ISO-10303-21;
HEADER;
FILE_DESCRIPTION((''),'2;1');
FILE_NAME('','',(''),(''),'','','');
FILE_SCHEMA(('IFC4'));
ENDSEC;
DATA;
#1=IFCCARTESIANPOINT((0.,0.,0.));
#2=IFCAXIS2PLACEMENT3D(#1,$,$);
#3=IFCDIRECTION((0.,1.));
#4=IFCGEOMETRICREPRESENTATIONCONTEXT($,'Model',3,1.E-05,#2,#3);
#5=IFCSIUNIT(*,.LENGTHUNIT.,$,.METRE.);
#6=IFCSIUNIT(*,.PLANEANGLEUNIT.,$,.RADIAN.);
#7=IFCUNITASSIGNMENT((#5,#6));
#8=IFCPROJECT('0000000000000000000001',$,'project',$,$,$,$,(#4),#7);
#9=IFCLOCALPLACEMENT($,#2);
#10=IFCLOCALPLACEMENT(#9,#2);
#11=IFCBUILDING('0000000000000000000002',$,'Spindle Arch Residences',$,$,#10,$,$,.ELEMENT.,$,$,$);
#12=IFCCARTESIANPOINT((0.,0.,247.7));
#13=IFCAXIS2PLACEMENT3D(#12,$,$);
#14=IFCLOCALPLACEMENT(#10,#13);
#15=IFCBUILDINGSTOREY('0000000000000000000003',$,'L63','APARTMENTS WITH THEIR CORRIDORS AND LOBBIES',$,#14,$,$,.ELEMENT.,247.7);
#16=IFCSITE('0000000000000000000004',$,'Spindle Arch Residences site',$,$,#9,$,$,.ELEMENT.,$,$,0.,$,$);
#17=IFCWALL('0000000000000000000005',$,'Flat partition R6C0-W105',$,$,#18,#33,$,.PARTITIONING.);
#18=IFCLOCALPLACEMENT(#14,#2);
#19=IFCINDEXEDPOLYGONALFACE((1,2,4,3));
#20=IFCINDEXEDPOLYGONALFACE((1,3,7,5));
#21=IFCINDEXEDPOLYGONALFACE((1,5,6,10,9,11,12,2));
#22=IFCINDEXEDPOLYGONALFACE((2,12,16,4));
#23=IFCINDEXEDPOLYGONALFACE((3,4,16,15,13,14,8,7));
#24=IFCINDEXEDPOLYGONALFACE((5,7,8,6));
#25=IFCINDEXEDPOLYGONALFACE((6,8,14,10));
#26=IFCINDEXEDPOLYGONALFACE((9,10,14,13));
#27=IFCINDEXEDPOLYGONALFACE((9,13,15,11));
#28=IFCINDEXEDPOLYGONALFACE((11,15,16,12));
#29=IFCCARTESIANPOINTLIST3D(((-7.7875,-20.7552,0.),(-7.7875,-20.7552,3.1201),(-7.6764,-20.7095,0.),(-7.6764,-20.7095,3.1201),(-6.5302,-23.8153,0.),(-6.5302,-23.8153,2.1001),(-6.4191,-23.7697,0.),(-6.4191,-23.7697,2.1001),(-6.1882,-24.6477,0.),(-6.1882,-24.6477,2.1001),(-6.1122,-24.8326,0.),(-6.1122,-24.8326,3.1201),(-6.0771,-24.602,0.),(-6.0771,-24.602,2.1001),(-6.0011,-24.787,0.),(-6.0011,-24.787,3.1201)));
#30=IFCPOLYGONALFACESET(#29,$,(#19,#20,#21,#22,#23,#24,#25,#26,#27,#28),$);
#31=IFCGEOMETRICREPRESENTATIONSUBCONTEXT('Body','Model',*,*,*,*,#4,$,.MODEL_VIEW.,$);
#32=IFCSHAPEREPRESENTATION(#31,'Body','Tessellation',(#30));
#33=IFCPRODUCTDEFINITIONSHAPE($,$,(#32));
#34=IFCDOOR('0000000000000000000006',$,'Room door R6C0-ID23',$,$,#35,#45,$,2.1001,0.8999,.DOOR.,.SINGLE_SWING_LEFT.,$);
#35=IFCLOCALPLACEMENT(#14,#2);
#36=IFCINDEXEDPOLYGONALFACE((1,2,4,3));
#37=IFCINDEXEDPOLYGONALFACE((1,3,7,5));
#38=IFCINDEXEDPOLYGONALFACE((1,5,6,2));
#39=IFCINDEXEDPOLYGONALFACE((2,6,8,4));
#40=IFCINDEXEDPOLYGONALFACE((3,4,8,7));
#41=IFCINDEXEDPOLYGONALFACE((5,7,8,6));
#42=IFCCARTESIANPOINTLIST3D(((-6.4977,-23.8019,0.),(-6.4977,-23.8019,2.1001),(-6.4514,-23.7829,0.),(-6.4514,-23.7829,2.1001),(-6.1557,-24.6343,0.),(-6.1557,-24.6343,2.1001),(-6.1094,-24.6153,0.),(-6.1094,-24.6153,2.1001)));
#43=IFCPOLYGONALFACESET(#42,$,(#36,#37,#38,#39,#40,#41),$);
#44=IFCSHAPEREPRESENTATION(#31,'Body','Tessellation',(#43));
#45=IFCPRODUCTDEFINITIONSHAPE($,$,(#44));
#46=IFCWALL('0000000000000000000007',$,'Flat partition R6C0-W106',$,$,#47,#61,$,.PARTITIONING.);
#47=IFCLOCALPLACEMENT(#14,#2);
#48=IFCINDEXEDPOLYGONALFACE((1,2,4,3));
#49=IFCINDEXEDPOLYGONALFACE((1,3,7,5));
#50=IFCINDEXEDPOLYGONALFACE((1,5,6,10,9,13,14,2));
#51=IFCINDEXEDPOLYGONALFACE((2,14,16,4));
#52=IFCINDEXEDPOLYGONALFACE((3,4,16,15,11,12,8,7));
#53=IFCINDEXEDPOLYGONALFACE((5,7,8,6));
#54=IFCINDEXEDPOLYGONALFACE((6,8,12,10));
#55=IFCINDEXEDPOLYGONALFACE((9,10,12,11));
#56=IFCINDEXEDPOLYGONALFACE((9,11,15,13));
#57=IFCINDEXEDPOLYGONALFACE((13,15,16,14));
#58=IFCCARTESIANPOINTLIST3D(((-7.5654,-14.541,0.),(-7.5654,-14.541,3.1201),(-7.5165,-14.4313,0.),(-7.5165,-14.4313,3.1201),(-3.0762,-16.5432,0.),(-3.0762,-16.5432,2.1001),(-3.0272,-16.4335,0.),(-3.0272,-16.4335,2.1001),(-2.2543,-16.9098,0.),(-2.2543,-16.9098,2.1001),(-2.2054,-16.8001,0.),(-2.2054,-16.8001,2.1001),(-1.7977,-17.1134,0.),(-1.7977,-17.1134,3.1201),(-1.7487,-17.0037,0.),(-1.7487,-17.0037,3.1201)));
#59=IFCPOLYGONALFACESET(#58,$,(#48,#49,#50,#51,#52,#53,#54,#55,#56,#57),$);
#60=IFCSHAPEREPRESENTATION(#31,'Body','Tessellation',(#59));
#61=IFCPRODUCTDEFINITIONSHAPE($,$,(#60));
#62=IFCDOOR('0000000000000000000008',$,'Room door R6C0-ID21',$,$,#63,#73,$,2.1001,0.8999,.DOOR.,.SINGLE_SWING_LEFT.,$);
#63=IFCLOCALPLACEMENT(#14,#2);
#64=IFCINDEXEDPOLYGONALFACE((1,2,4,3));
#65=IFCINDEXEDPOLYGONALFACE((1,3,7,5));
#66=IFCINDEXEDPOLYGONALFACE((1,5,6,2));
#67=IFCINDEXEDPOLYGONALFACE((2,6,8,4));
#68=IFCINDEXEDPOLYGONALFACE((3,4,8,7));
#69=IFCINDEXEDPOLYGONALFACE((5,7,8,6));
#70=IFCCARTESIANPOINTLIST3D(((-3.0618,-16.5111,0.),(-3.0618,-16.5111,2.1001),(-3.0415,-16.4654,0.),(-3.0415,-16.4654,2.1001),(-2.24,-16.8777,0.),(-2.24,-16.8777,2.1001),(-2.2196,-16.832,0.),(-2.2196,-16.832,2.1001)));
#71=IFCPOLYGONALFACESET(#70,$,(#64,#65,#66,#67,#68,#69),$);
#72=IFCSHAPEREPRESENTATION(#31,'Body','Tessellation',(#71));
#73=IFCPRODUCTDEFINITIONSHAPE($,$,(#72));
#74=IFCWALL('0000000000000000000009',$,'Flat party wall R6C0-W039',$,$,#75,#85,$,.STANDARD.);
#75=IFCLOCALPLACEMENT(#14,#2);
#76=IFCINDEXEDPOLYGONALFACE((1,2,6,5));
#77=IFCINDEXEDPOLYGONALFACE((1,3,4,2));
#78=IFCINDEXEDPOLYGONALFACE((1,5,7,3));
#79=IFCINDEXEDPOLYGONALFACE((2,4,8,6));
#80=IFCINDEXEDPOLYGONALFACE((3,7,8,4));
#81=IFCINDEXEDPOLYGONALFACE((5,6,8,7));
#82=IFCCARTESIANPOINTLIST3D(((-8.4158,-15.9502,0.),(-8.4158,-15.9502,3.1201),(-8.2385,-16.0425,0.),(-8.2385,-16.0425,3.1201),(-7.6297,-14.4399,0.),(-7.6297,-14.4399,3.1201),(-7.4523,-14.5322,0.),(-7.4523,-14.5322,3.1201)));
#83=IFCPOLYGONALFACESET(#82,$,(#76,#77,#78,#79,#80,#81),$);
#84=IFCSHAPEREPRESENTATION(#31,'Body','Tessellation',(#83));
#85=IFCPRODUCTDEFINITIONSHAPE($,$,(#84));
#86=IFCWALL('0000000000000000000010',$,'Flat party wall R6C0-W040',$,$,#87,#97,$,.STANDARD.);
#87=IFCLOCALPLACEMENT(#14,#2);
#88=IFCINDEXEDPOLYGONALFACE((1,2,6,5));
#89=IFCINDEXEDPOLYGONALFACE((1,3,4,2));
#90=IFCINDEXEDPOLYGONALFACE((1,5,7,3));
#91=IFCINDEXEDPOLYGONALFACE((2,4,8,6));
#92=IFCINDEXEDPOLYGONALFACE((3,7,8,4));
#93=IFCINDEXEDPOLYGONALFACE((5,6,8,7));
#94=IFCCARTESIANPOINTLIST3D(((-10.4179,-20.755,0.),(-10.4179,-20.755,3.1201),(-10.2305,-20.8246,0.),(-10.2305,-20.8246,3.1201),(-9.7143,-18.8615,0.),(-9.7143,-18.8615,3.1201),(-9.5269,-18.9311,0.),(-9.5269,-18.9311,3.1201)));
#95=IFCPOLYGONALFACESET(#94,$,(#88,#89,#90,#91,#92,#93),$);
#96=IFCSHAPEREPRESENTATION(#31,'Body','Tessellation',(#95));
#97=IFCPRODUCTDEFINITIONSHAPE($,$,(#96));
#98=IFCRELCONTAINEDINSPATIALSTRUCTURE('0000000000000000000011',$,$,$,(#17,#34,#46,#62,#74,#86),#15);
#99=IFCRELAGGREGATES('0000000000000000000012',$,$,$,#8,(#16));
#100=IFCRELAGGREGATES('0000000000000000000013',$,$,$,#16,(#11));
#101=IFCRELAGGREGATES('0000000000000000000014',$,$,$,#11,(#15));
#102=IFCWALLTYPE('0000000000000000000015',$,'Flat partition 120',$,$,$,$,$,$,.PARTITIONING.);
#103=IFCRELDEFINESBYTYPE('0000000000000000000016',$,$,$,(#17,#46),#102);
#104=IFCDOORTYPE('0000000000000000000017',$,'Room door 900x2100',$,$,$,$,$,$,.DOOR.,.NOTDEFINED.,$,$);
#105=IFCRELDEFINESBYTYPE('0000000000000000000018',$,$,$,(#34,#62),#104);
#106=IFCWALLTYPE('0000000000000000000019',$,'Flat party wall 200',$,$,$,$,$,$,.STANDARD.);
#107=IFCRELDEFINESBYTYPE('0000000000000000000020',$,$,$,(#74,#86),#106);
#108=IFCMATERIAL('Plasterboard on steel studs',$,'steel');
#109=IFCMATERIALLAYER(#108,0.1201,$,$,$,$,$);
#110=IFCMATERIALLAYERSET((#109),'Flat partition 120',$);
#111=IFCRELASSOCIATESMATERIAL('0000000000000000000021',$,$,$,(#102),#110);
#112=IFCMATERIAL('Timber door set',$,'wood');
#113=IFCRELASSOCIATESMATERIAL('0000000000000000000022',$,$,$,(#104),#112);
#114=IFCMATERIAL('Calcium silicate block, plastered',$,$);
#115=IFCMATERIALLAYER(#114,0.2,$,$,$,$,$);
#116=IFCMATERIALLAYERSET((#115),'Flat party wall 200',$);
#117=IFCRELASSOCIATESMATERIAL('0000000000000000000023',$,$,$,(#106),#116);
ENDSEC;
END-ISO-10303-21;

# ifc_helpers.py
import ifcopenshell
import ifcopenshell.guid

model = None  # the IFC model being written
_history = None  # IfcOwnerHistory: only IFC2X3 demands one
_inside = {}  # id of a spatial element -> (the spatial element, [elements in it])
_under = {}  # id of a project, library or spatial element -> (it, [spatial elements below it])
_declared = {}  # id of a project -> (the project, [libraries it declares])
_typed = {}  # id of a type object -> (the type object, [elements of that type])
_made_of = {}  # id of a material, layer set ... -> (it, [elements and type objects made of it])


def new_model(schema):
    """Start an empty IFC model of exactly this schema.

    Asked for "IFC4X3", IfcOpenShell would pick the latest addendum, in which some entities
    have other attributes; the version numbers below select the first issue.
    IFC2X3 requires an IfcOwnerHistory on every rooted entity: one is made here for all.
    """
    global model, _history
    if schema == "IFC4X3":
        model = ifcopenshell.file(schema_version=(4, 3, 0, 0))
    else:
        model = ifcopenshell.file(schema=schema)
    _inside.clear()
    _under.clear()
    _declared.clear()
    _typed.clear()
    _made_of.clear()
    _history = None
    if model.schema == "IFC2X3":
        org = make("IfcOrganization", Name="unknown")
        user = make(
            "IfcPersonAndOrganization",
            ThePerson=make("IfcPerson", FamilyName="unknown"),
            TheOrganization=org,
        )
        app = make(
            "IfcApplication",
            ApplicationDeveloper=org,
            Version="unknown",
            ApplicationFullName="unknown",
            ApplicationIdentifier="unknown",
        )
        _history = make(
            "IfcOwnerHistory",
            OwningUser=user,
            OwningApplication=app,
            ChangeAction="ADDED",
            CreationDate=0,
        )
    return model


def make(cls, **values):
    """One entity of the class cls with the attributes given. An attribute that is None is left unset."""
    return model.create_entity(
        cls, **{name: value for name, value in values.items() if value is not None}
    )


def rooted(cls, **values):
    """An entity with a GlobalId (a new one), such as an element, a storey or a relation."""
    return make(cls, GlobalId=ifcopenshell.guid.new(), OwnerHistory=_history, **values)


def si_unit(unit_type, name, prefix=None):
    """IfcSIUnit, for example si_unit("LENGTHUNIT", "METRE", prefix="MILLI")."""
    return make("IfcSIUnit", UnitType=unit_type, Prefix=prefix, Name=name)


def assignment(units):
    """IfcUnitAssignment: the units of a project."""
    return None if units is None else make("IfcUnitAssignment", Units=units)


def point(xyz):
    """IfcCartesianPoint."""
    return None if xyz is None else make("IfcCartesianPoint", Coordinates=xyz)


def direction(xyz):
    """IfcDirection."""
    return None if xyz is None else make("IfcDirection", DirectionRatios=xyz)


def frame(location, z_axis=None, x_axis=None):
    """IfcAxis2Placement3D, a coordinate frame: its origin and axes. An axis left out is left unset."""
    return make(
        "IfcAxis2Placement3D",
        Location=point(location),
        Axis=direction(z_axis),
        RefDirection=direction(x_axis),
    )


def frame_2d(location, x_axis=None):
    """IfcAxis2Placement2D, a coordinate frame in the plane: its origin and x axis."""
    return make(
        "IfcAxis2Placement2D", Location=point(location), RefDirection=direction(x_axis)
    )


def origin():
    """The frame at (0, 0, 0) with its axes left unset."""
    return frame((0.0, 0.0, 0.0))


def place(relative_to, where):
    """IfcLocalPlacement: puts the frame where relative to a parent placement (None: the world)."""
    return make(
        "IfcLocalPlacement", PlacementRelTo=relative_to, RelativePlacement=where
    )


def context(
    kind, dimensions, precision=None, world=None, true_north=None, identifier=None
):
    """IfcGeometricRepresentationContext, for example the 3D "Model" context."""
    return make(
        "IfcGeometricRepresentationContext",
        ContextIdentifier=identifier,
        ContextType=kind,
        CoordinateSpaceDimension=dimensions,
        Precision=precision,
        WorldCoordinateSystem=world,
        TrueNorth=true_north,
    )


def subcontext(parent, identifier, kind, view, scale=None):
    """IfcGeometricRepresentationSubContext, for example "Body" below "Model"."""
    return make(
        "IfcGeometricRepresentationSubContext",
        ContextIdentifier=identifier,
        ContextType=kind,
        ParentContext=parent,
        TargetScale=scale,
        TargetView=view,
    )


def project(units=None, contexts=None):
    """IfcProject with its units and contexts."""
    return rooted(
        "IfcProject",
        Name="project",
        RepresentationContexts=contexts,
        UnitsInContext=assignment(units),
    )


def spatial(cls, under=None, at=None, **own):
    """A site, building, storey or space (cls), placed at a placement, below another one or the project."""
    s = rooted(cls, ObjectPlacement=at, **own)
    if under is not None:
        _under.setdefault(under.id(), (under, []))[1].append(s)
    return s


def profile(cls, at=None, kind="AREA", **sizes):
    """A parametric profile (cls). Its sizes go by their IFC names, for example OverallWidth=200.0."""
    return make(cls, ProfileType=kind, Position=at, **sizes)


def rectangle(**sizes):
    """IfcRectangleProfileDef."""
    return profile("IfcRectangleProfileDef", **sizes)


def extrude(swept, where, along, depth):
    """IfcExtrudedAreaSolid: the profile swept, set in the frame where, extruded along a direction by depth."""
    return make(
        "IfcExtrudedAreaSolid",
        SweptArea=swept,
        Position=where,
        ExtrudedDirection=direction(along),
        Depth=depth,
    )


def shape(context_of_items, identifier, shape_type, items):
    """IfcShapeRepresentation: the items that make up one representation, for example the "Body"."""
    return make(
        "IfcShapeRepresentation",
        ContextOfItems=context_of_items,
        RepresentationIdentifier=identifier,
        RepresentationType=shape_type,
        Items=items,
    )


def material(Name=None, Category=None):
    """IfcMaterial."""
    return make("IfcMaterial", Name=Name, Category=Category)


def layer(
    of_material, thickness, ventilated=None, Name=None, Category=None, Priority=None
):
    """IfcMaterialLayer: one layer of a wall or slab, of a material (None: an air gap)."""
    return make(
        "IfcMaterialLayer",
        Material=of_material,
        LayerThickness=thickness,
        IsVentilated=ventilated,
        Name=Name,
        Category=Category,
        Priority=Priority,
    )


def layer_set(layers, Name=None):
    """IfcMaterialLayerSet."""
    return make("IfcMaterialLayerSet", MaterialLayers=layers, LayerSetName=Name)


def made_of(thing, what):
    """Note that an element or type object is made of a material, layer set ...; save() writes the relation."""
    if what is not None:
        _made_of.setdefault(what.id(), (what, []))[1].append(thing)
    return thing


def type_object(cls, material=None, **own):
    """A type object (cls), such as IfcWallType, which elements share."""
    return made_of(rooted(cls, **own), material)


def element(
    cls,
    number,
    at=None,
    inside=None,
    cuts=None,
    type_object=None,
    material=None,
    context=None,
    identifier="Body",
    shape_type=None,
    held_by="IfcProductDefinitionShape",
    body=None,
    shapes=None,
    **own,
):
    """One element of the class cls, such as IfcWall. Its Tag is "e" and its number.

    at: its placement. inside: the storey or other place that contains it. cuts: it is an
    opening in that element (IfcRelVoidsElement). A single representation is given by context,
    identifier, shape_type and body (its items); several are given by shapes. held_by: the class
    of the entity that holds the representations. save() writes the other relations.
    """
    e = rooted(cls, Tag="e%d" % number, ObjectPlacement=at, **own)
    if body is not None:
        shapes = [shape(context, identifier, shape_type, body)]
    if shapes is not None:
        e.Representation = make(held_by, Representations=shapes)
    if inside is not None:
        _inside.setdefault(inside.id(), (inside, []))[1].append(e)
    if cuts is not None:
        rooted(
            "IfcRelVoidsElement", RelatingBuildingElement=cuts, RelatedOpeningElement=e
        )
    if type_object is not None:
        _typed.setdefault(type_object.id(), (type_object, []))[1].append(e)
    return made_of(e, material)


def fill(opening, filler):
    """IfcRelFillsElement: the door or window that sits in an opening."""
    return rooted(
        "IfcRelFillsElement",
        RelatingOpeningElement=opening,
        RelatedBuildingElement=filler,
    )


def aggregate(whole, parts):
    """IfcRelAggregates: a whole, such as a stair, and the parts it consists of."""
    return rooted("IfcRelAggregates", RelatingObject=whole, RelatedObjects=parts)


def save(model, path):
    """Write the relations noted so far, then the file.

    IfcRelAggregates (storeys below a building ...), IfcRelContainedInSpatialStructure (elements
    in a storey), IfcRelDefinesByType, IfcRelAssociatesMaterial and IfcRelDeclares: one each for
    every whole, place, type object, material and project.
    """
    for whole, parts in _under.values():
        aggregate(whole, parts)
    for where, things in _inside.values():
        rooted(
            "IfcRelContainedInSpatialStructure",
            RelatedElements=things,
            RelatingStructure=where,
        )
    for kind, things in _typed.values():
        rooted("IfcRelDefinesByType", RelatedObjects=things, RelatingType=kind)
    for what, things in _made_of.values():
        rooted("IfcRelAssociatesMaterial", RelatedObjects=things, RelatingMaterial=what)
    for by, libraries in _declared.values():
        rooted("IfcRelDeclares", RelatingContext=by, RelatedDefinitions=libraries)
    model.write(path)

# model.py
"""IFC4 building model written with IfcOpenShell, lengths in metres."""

from ifc_helpers import new_model, si_unit, direction, frame, frame_2d, origin, place, context, subcontext, project, spatial, rectangle, extrude, material, layer, layer_set, type_object, element, fill, save


model = new_model("IFC4")

# Units and contexts
model_context = context("Model", 3, precision=1e-05, world=origin(), true_north=direction((0.0, 1.0)))
body_context = subcontext(model_context, "Body", "Model", "MODEL_VIEW")
ifc_project = project(units=[si_unit("LENGTHUNIT", "METRE"), si_unit("PLANEANGLEUNIT", "RADIAN")], contexts=[model_context])

# Site, building, storey
site_placement = place(None, origin())
site = spatial("IfcSite", under=ifc_project, at=site_placement, Name="Spindle Arch Residences site", CompositionType="ELEMENT", RefElevation=0.0)
building_placement = place(site_placement, origin())
building = spatial("IfcBuilding", under=site, at=building_placement, Name="Spindle Arch Residences", CompositionType="ELEMENT")
storey_placement = place(building_placement, frame((0.0, 0.0, 247.7)))
storey = spatial("IfcBuildingStorey", under=building, at=storey_placement, Name="L63", Description="APARTMENTS WITH THEIR CORRIDORS AND LOBBIES", CompositionType="ELEMENT", Elevation=247.7)

# Shared definitions
ifc_material_1 = material(Name="Plasterboard on steel studs", Category="steel")
ifc_layer_1 = layer(ifc_material_1, 0.1201)
ifc_layer_set_1 = layer_set([ifc_layer_1], Name="Flat partition 120")
wall_type_1 = type_object("IfcWallType", Name="Flat partition 120", PredefinedType="PARTITIONING", material=ifc_layer_set_1)
ifc_material_2 = material(Name="Timber door set", Category="wood")
door_type_1 = type_object("IfcDoorType", Name="Room door 900x2100", OperationType="NOTDEFINED", PredefinedType="DOOR", material=ifc_material_2)

# Walls, openings, doors
wall_1_placement = place(storey_placement, frame((-6.0566, -24.8098, 0.0), z_axis=(0.0, 0.0, 1.0), x_axis=(-0.380045, 0.924968, 0.0)))
wall_1 = element("IfcWall", 1, at=wall_1_placement, inside=storey, type_object=wall_type_1, Name="Flat partition R6C0-W105", PredefinedType="PARTITIONING", context=body_context, shape_type="SweptSolid", body=[
    extrude(rectangle(XDim=4.4082, YDim=0.1201, at=frame_2d((2.2041, 0.0))), origin(), (0.0, 0.0, 1.0), 3.1201),
])
opening_1_placement = place(wall_1_placement, frame((0.2, 0.0, 0.0)))
opening_1 = element("IfcOpeningElement", 2, at=opening_1_placement, cuts=wall_1, PredefinedType="OPENING", context=body_context, shape_type="SweptSolid", body=[
    extrude(rectangle(XDim=0.8999, YDim=2.1001, at=frame_2d((0.45, 1.05))), frame((0.0, 0.0701, 0.0), z_axis=(0.0, -1.0, 0.0), x_axis=(1.0, 0.0, 0.0)), (0.0, 0.0, 1.0), 0.1401),
])
door_1_placement = place(opening_1_placement, origin())
door_1 = element("IfcDoor", 3, at=door_1_placement, inside=storey, type_object=door_type_1, Name="Room door R6C0-ID23", OperationType="SINGLE_SWING_LEFT", OverallHeight=2.1001, OverallWidth=0.8999, PredefinedType="DOOR", context=body_context, shape_type="SweptSolid", body=[
    extrude(rectangle(XDim=0.8999, YDim=2.1001, at=frame_2d((0.45, 1.05))), frame((0.0, 0.0249, 0.0), z_axis=(0.0, -1.0, 0.0), x_axis=(1.0, 0.0, 0.0)), (0.0, 0.0, 1.0), 0.05),
])
fill(opening_1, door_1)
wall_2_placement = place(storey_placement, frame((-1.7732, -17.0586, 0.0), z_axis=(0.0, 0.0, 1.0), x_axis=(-0.91328, 0.407333, 0.0)))
wall_2 = element("IfcWall", 4, at=wall_2_placement, inside=storey, type_object=wall_type_1, Name="Flat partition R6C0-W106", PredefinedType="PARTITIONING", context=body_context, shape_type="SweptSolid", body=[
    extrude(rectangle(XDim=6.3154, YDim=0.1201, at=frame_2d((3.1577, 0.0))), origin(), (0.0, 0.0, 1.0), 3.1201),
])
opening_2_placement = place(wall_2_placement, frame((0.5, 0.0, 0.0)))
opening_2 = element("IfcOpeningElement", 5, at=opening_2_placement, cuts=wall_2, PredefinedType="OPENING", context=body_context, shape_type="SweptSolid", body=[
    extrude(rectangle(XDim=0.8999, YDim=2.1001, at=frame_2d((0.45, 1.05))), frame((0.0, 0.0701, 0.0), z_axis=(0.0, -1.0, 0.0), x_axis=(1.0, 0.0, 0.0)), (0.0, 0.0, 1.0), 0.1401),
])
door_2_placement = place(opening_2_placement, origin())
door_2 = element("IfcDoor", 6, at=door_2_placement, inside=storey, type_object=door_type_1, Name="Room door R6C0-ID21", OperationType="SINGLE_SWING_LEFT", OverallHeight=2.1001, OverallWidth=0.8999, PredefinedType="DOOR", context=body_context, shape_type="SweptSolid", body=[
    extrude(rectangle(XDim=0.8999, YDim=2.1001, at=frame_2d((0.45, 1.05))), frame((0.0, 0.0249, 0.0), z_axis=(0.0, -1.0, 0.0), x_axis=(1.0, 0.0, 0.0)), (0.0, 0.0, 1.0), 0.05),
])
fill(opening_2, door_2)

# Walls
ifc_material_3 = material(Name="Calcium silicate block, plastered")
ifc_layer_2 = layer(ifc_material_3, 0.2)
ifc_layer_set_2 = layer_set([ifc_layer_2], Name="Flat party wall 200")
wall_type_2 = type_object("IfcWallType", Name="Flat party wall 200", PredefinedType="STANDARD", material=ifc_layer_set_2)
wall_3_placement = place(storey_placement, frame((-8.3271, -15.9963, 0.0), z_axis=(0.0, 0.0, 1.0), x_axis=(0.461723, 0.887024, 0.0)))
element("IfcWall", 7, at=wall_3_placement, inside=storey, type_object=wall_type_2, Name="Flat party wall R6C0-W039", PredefinedType="STANDARD", context=body_context, shape_type="SweptSolid", body=[
    extrude(rectangle(XDim=1.7026, YDim=0.2, at=frame_2d((0.8513, 0.0))), origin(), (0.0, 0.0, 1.0), 3.1201),
])
wall_4_placement = place(storey_placement, frame((-10.3242, -20.7898, 0.0), z_axis=(0.0, 0.0, 1.0), x_axis=(0.348314, 0.937378, 0.0)))
element("IfcWall", 8, at=wall_4_placement, inside=storey, type_object=wall_type_2, Name="Flat party wall R6C0-W040", PredefinedType="STANDARD", context=body_context, shape_type="SweptSolid", body=[
    extrude(rectangle(XDim=2.02, YDim=0.2, at=frame_2d((1.01, 0.0))), origin(), (0.0, 0.0, 1.0), 3.1201),
])

save(model, "model.ifc")
